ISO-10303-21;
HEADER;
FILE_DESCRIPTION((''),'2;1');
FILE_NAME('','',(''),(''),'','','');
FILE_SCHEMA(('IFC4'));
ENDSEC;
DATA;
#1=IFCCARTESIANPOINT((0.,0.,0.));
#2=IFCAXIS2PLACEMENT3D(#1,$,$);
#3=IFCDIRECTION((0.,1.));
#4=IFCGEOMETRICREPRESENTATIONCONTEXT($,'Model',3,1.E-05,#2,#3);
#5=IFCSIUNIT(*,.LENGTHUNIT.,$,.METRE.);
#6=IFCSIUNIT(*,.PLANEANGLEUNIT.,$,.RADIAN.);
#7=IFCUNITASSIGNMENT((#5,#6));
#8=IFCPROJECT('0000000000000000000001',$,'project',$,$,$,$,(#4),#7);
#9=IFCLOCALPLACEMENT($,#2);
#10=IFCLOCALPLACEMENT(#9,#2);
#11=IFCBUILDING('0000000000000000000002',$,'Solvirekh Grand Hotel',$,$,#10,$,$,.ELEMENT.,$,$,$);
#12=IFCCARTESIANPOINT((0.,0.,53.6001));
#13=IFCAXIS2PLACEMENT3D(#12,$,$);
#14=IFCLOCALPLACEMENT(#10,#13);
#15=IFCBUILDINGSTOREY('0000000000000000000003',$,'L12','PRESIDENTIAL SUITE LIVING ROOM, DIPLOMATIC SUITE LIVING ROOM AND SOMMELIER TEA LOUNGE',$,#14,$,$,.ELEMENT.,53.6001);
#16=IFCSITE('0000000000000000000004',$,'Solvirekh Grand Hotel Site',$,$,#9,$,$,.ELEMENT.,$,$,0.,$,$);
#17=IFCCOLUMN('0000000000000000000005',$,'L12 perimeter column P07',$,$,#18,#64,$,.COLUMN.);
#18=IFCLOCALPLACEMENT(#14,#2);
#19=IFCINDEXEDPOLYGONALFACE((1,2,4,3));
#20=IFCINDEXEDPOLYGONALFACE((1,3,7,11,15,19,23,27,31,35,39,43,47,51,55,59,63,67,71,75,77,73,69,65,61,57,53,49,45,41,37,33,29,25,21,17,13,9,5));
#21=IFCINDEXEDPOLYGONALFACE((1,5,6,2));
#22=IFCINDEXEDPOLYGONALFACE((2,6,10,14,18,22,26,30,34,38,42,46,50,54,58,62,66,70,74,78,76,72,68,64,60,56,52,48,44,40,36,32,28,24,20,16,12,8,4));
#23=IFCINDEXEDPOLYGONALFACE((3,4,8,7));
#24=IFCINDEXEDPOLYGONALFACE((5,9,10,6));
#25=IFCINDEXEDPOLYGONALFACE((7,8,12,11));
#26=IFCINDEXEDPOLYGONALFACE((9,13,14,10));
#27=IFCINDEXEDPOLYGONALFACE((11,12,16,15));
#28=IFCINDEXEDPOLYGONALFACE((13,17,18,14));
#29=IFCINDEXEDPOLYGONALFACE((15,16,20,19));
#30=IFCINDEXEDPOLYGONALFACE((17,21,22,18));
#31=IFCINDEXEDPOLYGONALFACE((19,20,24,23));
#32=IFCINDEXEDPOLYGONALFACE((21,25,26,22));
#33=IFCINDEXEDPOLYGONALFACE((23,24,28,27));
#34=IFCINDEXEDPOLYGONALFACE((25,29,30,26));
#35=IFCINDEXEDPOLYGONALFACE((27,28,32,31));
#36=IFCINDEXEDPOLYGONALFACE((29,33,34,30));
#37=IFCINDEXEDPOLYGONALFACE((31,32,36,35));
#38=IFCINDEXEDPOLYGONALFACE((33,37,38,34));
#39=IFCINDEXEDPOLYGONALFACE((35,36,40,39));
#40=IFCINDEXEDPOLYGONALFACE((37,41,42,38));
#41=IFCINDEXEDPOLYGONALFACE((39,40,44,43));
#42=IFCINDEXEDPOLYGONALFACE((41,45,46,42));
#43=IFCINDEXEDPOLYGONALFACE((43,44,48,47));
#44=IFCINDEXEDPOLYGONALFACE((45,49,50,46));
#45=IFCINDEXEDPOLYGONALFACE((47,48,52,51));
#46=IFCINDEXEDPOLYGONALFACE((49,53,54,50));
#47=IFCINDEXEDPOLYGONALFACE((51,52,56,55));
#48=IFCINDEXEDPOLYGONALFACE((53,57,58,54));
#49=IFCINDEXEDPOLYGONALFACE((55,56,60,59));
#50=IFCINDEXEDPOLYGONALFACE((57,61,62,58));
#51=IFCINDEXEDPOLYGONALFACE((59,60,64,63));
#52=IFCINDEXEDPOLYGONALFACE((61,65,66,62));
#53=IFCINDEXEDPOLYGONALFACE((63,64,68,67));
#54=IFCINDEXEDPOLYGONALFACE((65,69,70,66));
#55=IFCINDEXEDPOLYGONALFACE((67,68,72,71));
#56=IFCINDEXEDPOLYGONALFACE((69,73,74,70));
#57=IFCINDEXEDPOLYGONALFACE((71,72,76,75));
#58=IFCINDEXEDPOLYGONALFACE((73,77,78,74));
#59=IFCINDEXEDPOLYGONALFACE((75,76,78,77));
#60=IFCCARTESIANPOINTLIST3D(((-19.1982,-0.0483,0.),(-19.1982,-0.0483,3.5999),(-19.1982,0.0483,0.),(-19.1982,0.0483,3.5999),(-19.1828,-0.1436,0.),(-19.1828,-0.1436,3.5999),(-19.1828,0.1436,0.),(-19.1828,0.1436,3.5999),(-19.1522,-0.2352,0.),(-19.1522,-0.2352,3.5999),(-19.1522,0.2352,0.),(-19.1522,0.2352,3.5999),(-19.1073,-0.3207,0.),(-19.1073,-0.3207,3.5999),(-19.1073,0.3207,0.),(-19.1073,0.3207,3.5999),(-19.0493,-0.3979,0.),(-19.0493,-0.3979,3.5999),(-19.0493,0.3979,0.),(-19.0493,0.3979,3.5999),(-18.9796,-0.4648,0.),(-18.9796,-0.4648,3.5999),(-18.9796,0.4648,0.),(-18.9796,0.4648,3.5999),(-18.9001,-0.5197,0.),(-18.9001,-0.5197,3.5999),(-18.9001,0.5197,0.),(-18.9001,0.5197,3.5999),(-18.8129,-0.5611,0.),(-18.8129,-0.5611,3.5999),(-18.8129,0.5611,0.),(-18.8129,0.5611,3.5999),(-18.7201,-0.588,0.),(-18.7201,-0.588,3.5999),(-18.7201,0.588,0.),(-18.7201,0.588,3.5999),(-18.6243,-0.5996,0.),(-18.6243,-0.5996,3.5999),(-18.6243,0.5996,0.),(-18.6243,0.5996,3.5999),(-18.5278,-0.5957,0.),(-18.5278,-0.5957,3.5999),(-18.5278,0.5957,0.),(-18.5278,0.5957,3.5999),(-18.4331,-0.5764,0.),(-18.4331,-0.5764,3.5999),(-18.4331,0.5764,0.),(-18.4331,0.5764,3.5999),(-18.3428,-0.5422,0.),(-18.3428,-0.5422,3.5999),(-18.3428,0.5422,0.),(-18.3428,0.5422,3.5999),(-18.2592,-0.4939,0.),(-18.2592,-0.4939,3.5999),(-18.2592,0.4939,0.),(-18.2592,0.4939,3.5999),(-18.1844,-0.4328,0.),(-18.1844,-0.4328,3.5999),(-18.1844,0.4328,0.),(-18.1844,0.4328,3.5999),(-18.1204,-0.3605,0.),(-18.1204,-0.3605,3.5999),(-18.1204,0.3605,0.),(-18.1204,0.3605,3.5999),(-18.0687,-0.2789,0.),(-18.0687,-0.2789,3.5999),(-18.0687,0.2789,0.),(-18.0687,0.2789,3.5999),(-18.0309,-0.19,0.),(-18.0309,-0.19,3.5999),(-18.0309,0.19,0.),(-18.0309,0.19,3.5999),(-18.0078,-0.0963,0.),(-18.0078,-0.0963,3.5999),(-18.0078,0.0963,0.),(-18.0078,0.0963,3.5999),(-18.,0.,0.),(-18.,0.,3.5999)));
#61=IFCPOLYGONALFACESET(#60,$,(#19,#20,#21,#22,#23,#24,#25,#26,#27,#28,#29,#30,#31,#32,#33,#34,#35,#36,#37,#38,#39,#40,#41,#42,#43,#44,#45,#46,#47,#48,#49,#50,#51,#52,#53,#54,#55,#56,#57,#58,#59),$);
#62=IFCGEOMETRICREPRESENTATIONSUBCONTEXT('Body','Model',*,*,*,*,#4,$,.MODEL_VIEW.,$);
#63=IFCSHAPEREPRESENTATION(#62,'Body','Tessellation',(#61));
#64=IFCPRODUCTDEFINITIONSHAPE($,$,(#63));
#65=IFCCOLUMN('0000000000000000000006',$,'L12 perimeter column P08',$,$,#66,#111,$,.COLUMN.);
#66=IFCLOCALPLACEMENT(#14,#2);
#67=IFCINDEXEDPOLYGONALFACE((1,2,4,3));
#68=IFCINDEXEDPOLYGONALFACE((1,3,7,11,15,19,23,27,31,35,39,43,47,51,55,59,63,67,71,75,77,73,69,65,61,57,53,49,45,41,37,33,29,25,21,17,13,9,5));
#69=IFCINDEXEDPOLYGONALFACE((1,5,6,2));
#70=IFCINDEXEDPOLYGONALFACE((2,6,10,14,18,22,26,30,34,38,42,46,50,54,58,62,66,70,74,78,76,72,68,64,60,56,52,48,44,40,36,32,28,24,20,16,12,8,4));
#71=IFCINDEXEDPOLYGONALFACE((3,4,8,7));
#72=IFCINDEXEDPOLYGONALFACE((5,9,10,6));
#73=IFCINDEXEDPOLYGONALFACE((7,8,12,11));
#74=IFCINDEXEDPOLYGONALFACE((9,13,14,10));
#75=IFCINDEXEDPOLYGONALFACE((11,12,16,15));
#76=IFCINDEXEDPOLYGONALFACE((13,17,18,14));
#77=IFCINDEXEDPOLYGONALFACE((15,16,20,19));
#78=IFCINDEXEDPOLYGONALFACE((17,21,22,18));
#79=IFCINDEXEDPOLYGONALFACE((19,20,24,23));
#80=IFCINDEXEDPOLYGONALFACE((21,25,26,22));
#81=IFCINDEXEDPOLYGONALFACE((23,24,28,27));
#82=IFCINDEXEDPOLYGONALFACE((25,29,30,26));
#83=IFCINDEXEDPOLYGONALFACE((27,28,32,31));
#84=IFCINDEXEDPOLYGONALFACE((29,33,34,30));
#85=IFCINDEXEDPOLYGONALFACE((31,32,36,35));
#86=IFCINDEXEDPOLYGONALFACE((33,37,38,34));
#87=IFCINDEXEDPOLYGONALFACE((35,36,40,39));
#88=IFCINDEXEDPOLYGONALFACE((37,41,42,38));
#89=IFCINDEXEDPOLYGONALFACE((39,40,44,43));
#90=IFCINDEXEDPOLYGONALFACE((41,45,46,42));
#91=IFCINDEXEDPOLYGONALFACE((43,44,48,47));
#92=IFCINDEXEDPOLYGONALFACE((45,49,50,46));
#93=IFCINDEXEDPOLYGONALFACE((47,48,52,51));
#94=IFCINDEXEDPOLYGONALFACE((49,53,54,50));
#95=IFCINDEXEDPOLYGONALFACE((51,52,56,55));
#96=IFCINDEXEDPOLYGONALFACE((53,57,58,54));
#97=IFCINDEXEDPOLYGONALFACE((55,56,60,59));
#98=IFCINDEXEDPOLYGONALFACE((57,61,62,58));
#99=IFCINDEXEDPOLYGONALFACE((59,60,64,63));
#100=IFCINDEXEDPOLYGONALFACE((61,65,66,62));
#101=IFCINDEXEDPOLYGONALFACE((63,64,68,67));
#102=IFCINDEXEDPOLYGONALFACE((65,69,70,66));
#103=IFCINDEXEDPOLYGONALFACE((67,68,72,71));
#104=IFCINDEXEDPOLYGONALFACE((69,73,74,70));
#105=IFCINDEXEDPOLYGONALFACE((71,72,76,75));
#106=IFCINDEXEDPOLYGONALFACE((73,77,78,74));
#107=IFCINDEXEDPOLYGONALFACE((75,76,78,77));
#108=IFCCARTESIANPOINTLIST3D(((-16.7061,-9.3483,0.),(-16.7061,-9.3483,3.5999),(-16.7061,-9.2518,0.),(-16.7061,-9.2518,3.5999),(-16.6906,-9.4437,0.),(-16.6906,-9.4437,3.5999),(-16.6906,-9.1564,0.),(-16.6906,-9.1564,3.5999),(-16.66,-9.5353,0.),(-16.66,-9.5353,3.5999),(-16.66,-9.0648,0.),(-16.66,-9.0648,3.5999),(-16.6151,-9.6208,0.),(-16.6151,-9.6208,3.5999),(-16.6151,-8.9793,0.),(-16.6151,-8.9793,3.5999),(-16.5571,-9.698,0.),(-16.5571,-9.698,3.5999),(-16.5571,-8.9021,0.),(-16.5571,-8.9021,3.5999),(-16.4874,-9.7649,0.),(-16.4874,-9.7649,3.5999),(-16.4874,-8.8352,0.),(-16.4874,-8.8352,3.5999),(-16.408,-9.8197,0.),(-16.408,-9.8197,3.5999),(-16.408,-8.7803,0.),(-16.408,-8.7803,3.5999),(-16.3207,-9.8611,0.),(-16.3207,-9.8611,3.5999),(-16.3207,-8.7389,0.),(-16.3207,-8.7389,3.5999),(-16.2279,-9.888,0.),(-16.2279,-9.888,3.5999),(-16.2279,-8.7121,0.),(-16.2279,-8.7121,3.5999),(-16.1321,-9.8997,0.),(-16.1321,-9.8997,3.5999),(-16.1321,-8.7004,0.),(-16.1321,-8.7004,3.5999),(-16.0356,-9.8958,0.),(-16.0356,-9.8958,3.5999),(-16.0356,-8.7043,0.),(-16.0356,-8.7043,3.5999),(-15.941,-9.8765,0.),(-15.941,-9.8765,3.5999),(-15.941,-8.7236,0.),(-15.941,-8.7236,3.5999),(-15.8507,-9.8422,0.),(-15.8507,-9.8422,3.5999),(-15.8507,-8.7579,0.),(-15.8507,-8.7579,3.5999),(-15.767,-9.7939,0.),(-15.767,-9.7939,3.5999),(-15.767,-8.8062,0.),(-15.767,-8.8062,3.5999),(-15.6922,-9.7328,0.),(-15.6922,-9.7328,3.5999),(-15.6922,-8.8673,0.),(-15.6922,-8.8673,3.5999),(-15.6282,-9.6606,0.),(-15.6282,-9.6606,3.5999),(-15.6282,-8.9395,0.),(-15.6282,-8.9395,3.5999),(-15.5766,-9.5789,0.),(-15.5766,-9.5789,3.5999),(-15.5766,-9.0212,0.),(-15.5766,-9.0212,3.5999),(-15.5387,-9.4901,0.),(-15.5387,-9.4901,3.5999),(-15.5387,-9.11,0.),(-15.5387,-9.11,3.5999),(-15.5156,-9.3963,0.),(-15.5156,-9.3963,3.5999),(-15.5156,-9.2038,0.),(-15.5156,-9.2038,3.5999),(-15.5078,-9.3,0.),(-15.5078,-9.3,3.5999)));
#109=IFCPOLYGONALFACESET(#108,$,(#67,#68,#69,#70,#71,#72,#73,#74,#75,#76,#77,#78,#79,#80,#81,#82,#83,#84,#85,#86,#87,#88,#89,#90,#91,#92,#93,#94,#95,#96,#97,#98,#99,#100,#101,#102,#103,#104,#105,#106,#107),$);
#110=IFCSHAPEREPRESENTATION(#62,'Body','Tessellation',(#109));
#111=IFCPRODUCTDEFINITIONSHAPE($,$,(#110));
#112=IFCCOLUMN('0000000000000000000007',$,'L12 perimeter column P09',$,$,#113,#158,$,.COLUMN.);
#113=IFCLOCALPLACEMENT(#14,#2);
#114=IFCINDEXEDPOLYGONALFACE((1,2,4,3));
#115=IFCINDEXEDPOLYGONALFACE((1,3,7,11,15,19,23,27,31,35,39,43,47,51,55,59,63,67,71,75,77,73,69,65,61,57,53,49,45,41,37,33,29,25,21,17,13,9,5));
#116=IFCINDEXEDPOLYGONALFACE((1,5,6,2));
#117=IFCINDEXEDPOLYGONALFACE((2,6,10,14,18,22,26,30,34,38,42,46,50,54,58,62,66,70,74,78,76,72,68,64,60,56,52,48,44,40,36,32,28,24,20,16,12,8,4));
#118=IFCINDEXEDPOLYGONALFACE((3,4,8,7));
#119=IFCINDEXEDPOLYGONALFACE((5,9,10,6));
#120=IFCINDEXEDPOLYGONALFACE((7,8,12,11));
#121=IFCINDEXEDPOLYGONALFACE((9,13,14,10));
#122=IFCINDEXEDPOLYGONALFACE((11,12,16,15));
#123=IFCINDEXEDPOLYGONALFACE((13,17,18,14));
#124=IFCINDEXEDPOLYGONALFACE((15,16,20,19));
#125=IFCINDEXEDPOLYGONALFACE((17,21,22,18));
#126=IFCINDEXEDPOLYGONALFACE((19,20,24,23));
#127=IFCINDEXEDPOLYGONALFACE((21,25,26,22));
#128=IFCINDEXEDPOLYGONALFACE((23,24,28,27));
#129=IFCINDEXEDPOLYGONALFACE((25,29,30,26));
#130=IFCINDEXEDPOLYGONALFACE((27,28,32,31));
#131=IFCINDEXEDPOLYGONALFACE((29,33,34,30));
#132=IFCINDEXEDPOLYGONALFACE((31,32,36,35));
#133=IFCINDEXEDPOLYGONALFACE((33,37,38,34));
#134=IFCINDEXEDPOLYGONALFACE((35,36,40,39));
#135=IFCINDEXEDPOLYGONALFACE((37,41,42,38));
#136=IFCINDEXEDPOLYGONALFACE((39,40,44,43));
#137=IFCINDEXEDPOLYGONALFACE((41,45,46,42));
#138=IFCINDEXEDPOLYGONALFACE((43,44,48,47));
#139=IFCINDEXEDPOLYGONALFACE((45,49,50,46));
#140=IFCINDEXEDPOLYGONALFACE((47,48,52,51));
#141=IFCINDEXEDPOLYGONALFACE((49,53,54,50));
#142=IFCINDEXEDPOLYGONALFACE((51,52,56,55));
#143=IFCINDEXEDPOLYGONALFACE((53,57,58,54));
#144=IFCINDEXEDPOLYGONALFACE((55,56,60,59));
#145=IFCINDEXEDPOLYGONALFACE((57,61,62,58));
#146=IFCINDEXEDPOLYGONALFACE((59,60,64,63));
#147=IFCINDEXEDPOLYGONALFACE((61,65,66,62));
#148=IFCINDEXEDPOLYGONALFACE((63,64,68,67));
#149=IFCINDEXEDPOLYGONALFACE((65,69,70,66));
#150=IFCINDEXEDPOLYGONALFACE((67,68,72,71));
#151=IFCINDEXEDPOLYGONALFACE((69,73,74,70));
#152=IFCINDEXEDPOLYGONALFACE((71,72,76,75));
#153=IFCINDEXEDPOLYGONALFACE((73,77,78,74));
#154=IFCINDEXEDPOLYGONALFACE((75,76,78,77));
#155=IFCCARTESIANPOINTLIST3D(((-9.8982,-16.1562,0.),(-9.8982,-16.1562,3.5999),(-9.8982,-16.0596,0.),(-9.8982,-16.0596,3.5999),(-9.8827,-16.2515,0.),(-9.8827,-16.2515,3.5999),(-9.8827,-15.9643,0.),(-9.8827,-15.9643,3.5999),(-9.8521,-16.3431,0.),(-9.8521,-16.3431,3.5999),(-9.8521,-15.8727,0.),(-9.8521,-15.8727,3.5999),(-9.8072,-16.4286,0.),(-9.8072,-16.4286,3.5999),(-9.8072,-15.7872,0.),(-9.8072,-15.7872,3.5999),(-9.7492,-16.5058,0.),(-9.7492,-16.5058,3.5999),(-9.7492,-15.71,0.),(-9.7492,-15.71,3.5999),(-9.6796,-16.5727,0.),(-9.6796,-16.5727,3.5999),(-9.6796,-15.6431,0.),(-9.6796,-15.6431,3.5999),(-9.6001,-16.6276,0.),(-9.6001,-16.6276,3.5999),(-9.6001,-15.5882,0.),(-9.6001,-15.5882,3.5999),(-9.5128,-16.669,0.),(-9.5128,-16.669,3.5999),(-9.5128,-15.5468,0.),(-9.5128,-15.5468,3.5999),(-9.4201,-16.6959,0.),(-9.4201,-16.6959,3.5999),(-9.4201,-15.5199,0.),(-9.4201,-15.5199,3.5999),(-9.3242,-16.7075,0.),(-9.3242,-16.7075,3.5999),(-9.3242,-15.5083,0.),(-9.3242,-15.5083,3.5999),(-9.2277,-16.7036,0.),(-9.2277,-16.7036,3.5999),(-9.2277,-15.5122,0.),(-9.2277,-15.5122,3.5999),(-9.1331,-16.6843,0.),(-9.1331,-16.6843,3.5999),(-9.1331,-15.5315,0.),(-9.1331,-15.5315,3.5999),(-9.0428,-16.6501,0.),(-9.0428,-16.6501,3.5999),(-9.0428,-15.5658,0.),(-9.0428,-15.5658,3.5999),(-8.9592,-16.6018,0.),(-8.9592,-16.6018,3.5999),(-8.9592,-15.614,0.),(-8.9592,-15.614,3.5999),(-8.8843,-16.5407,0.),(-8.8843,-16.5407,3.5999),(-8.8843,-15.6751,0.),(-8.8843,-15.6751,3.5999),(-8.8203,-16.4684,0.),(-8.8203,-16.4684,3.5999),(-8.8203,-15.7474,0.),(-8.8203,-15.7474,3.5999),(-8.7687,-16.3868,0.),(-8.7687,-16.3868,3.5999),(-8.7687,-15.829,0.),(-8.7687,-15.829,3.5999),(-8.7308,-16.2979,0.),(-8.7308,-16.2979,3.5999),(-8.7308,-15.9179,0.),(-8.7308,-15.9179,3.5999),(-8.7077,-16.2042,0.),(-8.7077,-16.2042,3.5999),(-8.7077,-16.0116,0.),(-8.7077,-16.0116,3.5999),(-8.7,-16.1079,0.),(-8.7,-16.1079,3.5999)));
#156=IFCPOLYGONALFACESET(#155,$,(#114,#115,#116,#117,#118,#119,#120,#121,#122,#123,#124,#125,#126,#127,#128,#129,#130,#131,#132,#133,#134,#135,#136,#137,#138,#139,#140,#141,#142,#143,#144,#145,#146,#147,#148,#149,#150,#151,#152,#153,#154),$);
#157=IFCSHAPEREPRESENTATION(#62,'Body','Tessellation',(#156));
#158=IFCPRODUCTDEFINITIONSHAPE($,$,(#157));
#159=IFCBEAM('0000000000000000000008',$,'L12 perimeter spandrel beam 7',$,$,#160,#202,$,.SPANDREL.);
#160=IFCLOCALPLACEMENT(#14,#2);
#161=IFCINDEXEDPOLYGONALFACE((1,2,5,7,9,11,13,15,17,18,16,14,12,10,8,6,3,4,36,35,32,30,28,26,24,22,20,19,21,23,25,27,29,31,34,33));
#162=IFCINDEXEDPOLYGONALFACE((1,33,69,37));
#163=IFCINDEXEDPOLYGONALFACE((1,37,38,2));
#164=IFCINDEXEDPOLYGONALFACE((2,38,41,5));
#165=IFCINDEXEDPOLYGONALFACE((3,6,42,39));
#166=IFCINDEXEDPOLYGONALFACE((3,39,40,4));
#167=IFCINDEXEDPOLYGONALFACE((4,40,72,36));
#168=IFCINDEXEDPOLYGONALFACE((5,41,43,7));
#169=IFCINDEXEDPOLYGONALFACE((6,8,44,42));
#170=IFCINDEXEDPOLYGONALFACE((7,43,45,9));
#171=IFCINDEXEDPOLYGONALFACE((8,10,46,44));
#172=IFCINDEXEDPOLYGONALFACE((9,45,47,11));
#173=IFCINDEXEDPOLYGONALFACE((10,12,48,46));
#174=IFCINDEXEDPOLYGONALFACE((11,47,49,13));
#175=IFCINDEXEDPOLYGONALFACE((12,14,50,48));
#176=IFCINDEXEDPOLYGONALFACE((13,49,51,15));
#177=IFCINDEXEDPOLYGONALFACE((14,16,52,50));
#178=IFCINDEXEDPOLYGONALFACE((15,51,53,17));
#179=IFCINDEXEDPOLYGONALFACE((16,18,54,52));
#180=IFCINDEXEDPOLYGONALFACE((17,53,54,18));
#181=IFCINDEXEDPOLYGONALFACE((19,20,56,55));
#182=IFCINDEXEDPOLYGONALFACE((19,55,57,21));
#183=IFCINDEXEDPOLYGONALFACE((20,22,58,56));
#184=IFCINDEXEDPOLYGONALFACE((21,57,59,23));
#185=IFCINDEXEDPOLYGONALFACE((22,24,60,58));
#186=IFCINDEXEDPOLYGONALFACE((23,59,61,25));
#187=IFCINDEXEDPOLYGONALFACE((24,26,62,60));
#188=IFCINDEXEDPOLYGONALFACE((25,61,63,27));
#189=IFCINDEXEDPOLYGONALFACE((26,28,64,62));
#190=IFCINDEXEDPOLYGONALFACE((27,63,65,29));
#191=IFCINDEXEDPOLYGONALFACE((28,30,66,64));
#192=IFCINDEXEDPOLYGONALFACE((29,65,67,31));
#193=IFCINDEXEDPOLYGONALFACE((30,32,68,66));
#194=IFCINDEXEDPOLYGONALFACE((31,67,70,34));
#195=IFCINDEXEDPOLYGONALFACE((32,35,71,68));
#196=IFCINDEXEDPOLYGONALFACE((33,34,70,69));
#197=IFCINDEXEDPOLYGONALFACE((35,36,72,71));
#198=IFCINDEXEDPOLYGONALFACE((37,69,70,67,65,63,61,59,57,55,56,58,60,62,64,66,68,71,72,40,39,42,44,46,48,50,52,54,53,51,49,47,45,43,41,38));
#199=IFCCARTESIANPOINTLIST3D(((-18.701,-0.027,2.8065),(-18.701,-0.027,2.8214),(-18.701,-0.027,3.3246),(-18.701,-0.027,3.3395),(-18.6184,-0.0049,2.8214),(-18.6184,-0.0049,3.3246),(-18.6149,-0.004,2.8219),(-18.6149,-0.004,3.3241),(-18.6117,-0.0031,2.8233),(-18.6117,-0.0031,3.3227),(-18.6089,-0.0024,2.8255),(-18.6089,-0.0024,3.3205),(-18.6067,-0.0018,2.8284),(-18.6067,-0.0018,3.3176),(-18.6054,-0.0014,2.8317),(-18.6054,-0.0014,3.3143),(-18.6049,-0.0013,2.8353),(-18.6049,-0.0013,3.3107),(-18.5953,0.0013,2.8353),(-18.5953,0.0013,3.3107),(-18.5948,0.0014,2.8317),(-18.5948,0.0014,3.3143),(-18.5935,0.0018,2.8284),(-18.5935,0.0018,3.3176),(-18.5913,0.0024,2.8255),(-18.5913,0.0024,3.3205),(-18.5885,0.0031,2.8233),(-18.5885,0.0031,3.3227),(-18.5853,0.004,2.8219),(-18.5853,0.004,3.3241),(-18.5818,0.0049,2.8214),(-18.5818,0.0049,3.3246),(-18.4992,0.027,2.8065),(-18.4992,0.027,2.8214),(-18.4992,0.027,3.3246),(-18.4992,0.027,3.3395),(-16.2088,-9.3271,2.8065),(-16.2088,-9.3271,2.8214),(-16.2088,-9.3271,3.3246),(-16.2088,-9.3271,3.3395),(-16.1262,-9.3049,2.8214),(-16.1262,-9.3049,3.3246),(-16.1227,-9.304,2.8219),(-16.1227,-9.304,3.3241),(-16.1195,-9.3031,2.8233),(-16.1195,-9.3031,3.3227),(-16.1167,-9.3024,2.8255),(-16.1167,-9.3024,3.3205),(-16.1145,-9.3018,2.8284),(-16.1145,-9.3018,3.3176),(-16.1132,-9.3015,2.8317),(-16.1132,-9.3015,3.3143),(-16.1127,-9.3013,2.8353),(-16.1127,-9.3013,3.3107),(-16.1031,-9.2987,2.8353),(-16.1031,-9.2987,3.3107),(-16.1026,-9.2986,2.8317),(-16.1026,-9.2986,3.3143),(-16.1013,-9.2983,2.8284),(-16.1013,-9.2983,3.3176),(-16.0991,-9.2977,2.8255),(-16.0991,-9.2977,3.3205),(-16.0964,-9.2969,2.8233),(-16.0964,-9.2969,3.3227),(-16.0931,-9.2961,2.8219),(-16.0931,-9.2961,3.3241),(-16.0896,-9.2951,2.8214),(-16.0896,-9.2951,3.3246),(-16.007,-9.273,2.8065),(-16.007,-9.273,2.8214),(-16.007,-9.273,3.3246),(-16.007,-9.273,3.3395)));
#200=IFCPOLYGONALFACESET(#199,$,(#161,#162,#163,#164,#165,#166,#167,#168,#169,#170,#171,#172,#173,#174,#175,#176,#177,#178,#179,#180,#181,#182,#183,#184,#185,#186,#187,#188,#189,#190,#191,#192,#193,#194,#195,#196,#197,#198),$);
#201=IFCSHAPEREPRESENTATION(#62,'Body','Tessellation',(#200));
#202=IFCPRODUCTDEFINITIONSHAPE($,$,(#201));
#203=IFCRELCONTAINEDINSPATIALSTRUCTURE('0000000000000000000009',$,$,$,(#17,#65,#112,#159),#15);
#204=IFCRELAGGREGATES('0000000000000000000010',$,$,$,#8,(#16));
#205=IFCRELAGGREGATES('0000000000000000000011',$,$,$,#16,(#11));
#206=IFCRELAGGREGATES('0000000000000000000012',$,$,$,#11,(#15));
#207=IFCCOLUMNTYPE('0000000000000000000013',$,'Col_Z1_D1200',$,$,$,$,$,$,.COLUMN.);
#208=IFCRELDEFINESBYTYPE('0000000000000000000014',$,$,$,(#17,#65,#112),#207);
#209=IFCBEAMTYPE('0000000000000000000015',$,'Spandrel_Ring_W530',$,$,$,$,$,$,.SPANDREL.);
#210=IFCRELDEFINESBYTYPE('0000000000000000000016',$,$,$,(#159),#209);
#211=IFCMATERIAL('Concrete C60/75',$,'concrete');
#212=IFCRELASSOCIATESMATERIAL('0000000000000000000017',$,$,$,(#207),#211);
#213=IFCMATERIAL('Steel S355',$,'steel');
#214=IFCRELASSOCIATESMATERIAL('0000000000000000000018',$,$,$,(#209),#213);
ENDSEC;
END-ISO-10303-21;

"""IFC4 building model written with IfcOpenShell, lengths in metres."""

from ifc_helpers import new_model, si_unit, direction, frame, origin, origin_2d, place, context, subcontext, project, spatial, circle, i_section, extrude, material, material_profile, profile_set, type_object, element, save


model = new_model("IFC4")

# Units and contexts
model_context = context("Model", 3, precision=1e-05, world=origin(), true_north=direction((0.0, 1.0)))
body_context = subcontext(model_context, "Body", "Model", "MODEL_VIEW")
ifc_project = project(units=[si_unit("LENGTHUNIT", "METRE"), si_unit("PLANEANGLEUNIT", "RADIAN")], contexts=[model_context])

# Site, building, storey
site_placement = place(None, origin())
site = spatial("IfcSite", under=ifc_project, at=site_placement, Name="Solvirekh Grand Hotel Site", CompositionType="ELEMENT", RefElevation=0.0)
building_placement = place(site_placement, origin())
building = spatial("IfcBuilding", under=site, at=building_placement, Name="Solvirekh Grand Hotel", CompositionType="ELEMENT")
storey_placement = place(building_placement, frame((0.0, 0.0, 53.6001)))
storey = spatial("IfcBuildingStorey", under=building, at=storey_placement, Name="L12", Description="PRESIDENTIAL SUITE LIVING ROOM, DIPLOMATIC SUITE LIVING ROOM AND SOMMELIER TEA LOUNGE", CompositionType="ELEMENT", Elevation=53.6001)

# Columns
ifc_material_1 = material(Name="Concrete C60/75", Category="concrete")
ifc_material_profile_1 = material_profile(ifc_material_1, circle(Radius=0.6001, at=origin_2d()), Name="RC CIRC D1200")
ifc_profile_set_1 = profile_set([ifc_material_profile_1], Name="Concrete C60/75")
column_type = type_object("IfcColumnType", Name="Col_Z1_D1200", PredefinedType="COLUMN", material=ifc_profile_set_1)
for number, where, z_axis, x_axis, name in (
    (1, (-18.6001, 0.0, 0.0), (0.0, 0.0, 1.0), (1.0, 0.0, 0.0), "L12 perimeter column P07"),
    (2, (-16.1079, -9.3, 0.0), (0.0, 0.0, 1.0), (1.0, 0.0, 0.0), "L12 perimeter column P08"),
    (3, (-9.3, -16.1079, 0.0), (0.0, 0.0, 1.0), (1.0, 0.0, 0.0), "L12 perimeter column P09"),
):
    element("IfcColumn", number, at=place(storey_placement, frame(where, z_axis=z_axis, x_axis=x_axis)), inside=storey, type_object=column_type, Name=name, PredefinedType="COLUMN", context=body_context, shape_type="SweptSolid", body=[
        extrude(circle(Radius=0.6001, at=origin_2d()), origin(), (0.0, 0.0, 1.0), 3.5999),
    ])

# Beam
ifc_material_2 = material(Name="Steel S355", Category="steel")
ifc_material_profile_2 = material_profile(ifc_material_2, i_section(OverallWidth=0.209, OverallDepth=0.533, WebThickness=0.01, FlangeThickness=0.0149, FilletRadius=0.0139, at=origin_2d()), Name="W530X92")
ifc_profile_set_2 = profile_set([ifc_material_profile_2], Name="Steel S355")
beam_type = type_object("IfcBeamType", Name="Spandrel_Ring_W530", PredefinedType="SPANDREL", material=ifc_profile_set_2)
beam_1_placement = place(storey_placement, frame((-18.6001, 0.0, 3.073), z_axis=(0.258843, -0.965919, 0.0), x_axis=(0.965919, 0.258843, 0.0)))
element("IfcBeam", 4, at=beam_1_placement, inside=storey, type_object=beam_type, Name="L12 perimeter spandrel beam 7", PredefinedType="SPANDREL", context=body_context, shape_type="SweptSolid", body=[
    extrude(i_section(OverallWidth=0.209, OverallDepth=0.533, WebThickness=0.01, FlangeThickness=0.0149, FilletRadius=0.0139, at=origin_2d()), origin(), (0.0, 0.0, 1.0), 9.6282),
])

save(model, "model.ifc")
